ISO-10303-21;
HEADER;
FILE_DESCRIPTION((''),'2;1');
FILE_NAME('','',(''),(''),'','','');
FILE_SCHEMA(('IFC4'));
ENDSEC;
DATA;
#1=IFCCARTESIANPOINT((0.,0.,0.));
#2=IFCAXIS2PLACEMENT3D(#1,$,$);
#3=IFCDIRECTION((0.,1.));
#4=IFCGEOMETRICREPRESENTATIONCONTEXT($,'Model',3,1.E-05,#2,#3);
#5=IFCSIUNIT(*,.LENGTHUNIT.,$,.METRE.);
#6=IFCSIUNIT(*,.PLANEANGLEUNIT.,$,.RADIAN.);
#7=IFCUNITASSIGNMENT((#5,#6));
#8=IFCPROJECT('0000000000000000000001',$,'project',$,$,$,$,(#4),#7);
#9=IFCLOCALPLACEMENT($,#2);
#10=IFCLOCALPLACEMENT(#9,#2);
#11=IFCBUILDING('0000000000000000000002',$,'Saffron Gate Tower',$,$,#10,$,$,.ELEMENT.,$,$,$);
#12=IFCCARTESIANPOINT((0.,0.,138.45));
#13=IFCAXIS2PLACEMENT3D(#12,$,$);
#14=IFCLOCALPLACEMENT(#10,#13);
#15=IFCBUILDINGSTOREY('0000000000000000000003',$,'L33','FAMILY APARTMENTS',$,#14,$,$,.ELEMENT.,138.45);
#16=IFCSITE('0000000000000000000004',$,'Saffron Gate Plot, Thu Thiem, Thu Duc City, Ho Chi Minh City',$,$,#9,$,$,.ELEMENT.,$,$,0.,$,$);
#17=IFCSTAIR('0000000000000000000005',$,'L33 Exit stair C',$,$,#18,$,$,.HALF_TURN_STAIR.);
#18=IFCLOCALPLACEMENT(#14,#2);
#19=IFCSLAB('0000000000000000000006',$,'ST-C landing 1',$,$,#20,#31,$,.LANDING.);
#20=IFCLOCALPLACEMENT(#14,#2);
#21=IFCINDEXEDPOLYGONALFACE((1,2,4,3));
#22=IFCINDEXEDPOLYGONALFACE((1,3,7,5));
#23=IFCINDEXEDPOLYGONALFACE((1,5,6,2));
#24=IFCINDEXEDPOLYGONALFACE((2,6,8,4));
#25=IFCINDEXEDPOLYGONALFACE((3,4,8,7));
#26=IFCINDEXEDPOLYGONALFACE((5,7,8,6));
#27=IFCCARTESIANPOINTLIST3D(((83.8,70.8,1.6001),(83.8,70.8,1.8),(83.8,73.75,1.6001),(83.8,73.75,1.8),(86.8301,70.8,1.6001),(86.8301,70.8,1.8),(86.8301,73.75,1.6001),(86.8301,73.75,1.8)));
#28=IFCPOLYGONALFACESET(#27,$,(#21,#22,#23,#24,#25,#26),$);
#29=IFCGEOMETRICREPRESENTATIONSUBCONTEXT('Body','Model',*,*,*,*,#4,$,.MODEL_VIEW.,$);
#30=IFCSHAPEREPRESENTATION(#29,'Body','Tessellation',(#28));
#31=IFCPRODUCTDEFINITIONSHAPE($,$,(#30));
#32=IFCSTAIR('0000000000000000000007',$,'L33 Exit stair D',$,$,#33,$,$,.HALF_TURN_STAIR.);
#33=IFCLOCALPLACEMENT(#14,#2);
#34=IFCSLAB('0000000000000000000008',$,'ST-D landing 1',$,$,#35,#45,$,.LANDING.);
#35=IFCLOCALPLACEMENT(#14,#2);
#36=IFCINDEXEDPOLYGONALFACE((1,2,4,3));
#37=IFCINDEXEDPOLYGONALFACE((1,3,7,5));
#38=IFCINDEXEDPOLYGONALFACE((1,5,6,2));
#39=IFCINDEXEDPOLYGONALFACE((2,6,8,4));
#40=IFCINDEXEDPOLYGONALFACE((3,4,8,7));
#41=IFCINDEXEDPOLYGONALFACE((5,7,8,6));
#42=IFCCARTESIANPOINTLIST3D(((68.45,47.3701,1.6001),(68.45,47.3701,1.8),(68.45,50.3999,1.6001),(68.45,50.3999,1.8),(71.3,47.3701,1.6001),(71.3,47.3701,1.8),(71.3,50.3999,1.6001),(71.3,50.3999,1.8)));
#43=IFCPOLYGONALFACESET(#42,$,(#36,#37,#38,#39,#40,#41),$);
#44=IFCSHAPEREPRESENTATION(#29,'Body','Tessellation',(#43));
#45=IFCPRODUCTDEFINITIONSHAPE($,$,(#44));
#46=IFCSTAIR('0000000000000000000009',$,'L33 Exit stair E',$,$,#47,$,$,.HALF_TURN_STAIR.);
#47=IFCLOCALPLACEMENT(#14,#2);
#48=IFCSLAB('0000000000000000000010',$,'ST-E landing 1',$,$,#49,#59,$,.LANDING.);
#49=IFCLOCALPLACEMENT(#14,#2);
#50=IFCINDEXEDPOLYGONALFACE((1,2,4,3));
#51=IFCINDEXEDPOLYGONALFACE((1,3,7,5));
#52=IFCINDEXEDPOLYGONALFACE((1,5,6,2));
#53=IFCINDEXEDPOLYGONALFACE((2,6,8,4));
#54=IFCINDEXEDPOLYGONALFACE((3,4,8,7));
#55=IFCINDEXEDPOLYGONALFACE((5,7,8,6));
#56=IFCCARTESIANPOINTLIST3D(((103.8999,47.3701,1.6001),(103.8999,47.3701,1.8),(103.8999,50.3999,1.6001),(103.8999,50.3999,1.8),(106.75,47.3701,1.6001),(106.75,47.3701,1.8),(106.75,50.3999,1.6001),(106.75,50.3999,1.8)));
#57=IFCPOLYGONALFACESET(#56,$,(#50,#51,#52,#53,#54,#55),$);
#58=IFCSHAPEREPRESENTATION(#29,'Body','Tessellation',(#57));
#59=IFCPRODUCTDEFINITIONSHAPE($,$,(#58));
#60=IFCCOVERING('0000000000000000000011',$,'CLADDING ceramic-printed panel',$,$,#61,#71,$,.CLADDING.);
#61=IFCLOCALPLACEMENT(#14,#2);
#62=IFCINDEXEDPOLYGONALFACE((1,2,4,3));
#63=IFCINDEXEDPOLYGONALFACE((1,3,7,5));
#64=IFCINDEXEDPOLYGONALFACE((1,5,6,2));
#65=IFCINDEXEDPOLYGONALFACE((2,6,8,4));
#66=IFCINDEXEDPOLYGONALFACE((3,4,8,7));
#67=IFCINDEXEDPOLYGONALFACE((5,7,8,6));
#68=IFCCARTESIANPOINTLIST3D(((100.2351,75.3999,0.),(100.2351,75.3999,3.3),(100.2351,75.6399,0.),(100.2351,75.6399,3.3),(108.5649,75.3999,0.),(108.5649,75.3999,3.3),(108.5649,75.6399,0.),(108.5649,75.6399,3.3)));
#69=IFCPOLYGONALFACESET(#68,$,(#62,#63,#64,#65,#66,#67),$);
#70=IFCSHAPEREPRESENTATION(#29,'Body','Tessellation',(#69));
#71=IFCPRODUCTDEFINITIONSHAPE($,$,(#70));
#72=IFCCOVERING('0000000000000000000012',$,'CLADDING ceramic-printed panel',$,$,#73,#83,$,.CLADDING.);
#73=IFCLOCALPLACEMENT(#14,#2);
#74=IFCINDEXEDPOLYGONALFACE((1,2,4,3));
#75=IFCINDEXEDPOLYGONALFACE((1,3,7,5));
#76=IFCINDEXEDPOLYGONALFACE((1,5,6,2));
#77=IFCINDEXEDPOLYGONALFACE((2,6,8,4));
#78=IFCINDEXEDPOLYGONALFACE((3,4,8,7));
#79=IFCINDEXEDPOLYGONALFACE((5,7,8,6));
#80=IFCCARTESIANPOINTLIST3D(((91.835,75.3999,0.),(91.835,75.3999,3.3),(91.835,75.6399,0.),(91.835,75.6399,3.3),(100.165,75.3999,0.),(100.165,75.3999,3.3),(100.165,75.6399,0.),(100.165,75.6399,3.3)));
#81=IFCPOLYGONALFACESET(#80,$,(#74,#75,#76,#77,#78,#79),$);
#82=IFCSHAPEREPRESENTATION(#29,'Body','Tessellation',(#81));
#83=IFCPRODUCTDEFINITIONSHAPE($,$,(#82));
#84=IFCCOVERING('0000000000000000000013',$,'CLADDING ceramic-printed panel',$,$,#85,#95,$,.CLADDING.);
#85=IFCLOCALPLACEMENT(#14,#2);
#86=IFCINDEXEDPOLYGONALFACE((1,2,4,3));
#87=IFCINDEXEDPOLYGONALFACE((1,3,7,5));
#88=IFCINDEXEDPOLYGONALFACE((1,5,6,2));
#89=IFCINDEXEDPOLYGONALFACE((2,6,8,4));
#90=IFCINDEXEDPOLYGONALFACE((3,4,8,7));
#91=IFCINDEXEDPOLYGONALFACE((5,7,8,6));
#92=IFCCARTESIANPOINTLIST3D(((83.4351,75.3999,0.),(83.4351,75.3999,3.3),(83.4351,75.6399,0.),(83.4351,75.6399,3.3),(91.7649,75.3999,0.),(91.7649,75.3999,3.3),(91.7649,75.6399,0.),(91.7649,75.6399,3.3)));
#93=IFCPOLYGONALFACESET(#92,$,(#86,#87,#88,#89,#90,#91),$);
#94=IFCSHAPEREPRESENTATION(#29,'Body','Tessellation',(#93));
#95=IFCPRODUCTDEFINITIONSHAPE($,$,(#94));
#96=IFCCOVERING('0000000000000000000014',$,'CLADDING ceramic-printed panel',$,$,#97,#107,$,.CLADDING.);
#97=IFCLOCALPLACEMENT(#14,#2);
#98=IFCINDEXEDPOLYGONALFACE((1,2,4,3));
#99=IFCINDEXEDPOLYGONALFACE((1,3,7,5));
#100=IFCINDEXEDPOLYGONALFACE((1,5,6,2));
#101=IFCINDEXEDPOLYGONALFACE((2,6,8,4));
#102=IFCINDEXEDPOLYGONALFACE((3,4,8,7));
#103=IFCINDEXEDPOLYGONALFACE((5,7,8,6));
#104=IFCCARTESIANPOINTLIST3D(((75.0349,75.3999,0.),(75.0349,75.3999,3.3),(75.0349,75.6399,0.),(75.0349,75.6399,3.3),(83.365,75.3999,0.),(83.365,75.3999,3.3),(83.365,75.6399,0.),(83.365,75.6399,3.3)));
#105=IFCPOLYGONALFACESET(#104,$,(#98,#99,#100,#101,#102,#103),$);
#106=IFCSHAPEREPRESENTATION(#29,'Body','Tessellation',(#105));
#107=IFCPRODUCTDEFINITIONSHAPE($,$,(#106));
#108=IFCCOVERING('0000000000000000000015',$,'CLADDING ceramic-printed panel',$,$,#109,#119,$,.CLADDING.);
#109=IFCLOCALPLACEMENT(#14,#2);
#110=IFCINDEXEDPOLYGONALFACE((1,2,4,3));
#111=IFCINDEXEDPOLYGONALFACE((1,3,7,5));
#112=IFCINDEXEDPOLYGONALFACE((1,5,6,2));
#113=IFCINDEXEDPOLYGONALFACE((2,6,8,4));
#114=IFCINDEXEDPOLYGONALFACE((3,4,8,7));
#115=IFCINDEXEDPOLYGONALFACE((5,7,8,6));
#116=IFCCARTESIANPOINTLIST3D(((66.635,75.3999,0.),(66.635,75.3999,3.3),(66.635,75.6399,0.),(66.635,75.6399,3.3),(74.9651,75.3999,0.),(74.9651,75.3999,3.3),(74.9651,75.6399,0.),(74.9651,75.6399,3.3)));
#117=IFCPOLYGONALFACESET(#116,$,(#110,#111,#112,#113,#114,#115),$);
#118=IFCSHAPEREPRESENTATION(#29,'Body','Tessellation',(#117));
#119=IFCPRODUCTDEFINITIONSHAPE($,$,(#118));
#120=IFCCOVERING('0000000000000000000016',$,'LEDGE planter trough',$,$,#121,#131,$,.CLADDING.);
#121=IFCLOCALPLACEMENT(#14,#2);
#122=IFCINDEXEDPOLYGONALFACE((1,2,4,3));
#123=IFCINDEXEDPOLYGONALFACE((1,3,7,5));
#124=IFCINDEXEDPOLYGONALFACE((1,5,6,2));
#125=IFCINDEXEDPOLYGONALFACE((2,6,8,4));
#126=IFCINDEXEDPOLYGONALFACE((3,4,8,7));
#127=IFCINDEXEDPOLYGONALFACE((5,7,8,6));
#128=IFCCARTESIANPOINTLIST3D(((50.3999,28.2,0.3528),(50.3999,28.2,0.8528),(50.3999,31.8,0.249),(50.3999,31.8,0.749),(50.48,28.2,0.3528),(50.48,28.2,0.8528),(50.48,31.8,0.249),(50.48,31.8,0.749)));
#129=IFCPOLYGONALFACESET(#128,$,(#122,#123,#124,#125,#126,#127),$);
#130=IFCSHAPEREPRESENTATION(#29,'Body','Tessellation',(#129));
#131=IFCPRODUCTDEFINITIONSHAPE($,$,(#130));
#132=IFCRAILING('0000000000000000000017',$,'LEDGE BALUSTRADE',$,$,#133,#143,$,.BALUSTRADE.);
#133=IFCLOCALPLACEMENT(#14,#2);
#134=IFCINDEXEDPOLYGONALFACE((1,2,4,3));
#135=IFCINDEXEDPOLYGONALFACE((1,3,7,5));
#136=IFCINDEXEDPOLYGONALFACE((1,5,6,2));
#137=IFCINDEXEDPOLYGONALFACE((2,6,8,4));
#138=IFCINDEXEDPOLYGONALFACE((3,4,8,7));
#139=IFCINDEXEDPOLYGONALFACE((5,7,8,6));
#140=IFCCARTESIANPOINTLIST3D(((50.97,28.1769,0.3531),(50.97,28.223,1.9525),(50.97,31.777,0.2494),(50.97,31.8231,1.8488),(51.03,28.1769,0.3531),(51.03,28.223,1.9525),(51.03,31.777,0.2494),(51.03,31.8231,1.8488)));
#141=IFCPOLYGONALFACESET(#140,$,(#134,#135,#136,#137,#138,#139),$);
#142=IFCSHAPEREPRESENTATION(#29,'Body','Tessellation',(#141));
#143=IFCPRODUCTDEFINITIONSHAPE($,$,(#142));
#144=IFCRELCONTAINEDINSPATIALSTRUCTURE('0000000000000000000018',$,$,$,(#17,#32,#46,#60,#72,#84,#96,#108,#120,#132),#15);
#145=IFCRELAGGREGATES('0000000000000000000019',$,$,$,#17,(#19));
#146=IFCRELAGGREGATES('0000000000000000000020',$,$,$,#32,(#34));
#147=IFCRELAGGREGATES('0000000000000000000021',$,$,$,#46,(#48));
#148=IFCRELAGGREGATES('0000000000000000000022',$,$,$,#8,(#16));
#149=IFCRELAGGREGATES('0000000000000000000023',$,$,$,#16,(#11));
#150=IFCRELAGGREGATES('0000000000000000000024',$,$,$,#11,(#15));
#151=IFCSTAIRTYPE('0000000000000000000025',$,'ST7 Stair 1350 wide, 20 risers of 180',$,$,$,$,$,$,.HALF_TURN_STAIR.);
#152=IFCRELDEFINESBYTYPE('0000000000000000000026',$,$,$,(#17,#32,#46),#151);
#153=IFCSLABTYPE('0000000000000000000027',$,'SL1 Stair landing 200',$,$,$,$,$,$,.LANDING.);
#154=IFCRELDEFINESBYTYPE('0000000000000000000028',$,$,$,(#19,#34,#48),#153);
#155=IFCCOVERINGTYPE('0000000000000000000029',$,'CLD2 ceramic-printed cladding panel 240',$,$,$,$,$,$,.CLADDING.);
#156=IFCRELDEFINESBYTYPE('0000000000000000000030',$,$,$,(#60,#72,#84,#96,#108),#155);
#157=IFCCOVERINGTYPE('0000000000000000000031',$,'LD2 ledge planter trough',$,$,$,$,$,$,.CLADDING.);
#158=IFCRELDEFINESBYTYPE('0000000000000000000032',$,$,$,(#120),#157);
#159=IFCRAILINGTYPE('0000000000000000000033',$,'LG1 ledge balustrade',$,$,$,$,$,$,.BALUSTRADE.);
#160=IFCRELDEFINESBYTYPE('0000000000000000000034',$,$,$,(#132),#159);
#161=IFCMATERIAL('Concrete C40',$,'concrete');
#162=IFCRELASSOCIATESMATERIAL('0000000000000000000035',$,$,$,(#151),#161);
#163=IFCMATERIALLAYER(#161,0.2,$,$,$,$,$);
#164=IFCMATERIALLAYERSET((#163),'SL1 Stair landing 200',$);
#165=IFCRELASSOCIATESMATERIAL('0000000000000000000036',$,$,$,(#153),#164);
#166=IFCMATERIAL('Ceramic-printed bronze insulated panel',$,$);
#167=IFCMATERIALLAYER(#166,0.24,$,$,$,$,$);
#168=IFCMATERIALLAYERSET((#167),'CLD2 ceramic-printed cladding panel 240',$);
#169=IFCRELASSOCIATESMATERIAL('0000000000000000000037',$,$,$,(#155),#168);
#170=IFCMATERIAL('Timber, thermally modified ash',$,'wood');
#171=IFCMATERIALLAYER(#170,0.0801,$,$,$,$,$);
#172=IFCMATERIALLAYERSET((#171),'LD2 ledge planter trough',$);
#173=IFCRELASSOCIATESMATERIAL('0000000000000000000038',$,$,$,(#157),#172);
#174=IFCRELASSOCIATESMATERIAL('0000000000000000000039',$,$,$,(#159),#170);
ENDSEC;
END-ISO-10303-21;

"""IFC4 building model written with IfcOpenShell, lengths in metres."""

from ifc_helpers import new_model, si_unit, direction, frame, origin, origin_2d, place, context, subcontext, project, spatial, polyline, rectangle, outline, extrude, material, layer, layer_set, type_object, element, aggregate, save


model = new_model("IFC4")

# Units and contexts
model_context = context("Model", 3, precision=1e-05, world=origin(), true_north=direction((0.0, 1.0)))
body_context = subcontext(model_context, "Body", "Model", "MODEL_VIEW")
ifc_project = project(units=[si_unit("LENGTHUNIT", "METRE"), si_unit("PLANEANGLEUNIT", "RADIAN")], contexts=[model_context])

# Site, building, storey
site_placement = place(None, origin())
site = spatial("IfcSite", under=ifc_project, at=site_placement, Name="Saffron Gate Plot, Thu Thiem, Thu Duc City, Ho Chi Minh City", CompositionType="ELEMENT", RefElevation=0.0)
building_placement = place(site_placement, origin())
building = spatial("IfcBuilding", under=site, at=building_placement, Name="Saffron Gate Tower", CompositionType="ELEMENT")
storey_placement = place(building_placement, frame((0.0, 0.0, 138.45)))
storey = spatial("IfcBuildingStorey", under=building, at=storey_placement, Name="L33", Description="FAMILY APARTMENTS", CompositionType="ELEMENT", Elevation=138.45)

# Shared definitions
ifc_material_1 = material(Name="Concrete C40", Category="concrete")

# Stairs, slabs
stair_type = type_object("IfcStairType", Name="ST7 Stair 1350 wide, 20 risers of 180", PredefinedType="HALF_TURN_STAIR", material=ifc_material_1)
ifc_layer_1 = layer(ifc_material_1, 0.2)
ifc_layer_set_1 = layer_set([ifc_layer_1], Name="SL1 Stair landing 200")
slab_type_1 = type_object("IfcSlabType", Name="SL1 Stair landing 200", PredefinedType="LANDING", material=ifc_layer_set_1)
stair_1_placement = place(storey_placement, origin())
stair_1 = element("IfcStair", 1, at=stair_1_placement, inside=storey, type_object=stair_type, Name="L33 Exit stair C", PredefinedType="HALF_TURN_STAIR")
slab_1_placement = place(storey_placement, frame((0.0, 0.0, 1.6001)))
slab_1 = element("IfcSlab", 2, at=slab_1_placement, type_object=slab_type_1, Name="ST-C landing 1", PredefinedType="LANDING", context=body_context, shape_type="SweptSolid", body=[
    extrude(outline(polyline([(86.8301, 73.75), (83.8, 73.75), (83.8, 70.8), (86.8301, 70.8), (86.8301, 73.75)])), origin(), (0.0, 0.0, 1.0), 0.2),
])
aggregate(stair_1, [slab_1])
stair_2_placement = place(storey_placement, origin())
stair_2 = element("IfcStair", 3, at=stair_2_placement, inside=storey, type_object=stair_type, Name="L33 Exit stair D", PredefinedType="HALF_TURN_STAIR")
slab_2_placement = place(storey_placement, frame((0.0, 0.0, 1.6001)))
slab_2 = element("IfcSlab", 4, at=slab_2_placement, type_object=slab_type_1, Name="ST-D landing 1", PredefinedType="LANDING", context=body_context, shape_type="SweptSolid", body=[
    extrude(outline(polyline([(71.3, 47.3701), (71.3, 50.3999), (68.45, 50.3999), (68.45, 47.3701), (71.3, 47.3701)])), origin(), (0.0, 0.0, 1.0), 0.2),
])
aggregate(stair_2, [slab_2])
stair_3_placement = place(storey_placement, origin())
stair_3 = element("IfcStair", 5, at=stair_3_placement, inside=storey, type_object=stair_type, Name="L33 Exit stair E", PredefinedType="HALF_TURN_STAIR")
slab_3_placement = place(storey_placement, frame((0.0, 0.0, 1.6001)))
slab_3 = element("IfcSlab", 6, at=slab_3_placement, type_object=slab_type_1, Name="ST-E landing 1", PredefinedType="LANDING", context=body_context, shape_type="SweptSolid", body=[
    extrude(outline(polyline([(106.75, 47.3701), (106.75, 50.3999), (103.8999, 50.3999), (103.8999, 47.3701), (106.75, 47.3701)])), origin(), (0.0, 0.0, 1.0), 0.2),
])
aggregate(stair_3, [slab_3])

# Coverings
ifc_material_2 = material(Name="Ceramic-printed bronze insulated panel")
ifc_layer_2 = layer(ifc_material_2, 0.24)
ifc_layer_set_2 = layer_set([ifc_layer_2], Name="CLD2 ceramic-printed cladding panel 240")
covering_type_1 = type_object("IfcCoveringType", Name="CLD2 ceramic-printed cladding panel 240", PredefinedType="CLADDING", material=ifc_layer_set_2)
covering_1_placement = place(storey_placement, origin())
element("IfcCovering", 7, at=covering_1_placement, inside=storey, type_object=covering_type_1, Name="CLADDING ceramic-printed panel", PredefinedType="CLADDING", context=body_context, shape_type="SweptSolid", body=[
    extrude(outline(polyline([(108.5649, 75.6399), (100.2351, 75.6399), (100.2351, 75.3999), (108.5649, 75.3999), (108.5649, 75.6399)])), origin(), (0.0, 0.0, 1.0), 3.3),
])
covering_2_placement = place(storey_placement, origin())
element("IfcCovering", 8, at=covering_2_placement, inside=storey, type_object=covering_type_1, Name="CLADDING ceramic-printed panel", PredefinedType="CLADDING", context=body_context, shape_type="SweptSolid", body=[
    extrude(outline(polyline([(100.165, 75.6399), (91.835, 75.6399), (91.835, 75.3999), (100.165, 75.3999), (100.165, 75.6399)])), origin(), (0.0, 0.0, 1.0), 3.3),
])
covering_3_placement = place(storey_placement, origin())
element("IfcCovering", 9, at=covering_3_placement, inside=storey, type_object=covering_type_1, Name="CLADDING ceramic-printed panel", PredefinedType="CLADDING", context=body_context, shape_type="SweptSolid", body=[
    extrude(outline(polyline([(91.7649, 75.6399), (83.4351, 75.6399), (83.4351, 75.3999), (91.7649, 75.3999), (91.7649, 75.6399)])), origin(), (0.0, 0.0, 1.0), 3.3),
])
covering_4_placement = place(storey_placement, origin())
element("IfcCovering", 10, at=covering_4_placement, inside=storey, type_object=covering_type_1, Name="CLADDING ceramic-printed panel", PredefinedType="CLADDING", context=body_context, shape_type="SweptSolid", body=[
    extrude(outline(polyline([(83.365, 75.6399), (75.0349, 75.6399), (75.0349, 75.3999), (83.365, 75.3999), (83.365, 75.6399)])), origin(), (0.0, 0.0, 1.0), 3.3),
])
covering_5_placement = place(storey_placement, origin())
element("IfcCovering", 11, at=covering_5_placement, inside=storey, type_object=covering_type_1, Name="CLADDING ceramic-printed panel", PredefinedType="CLADDING", context=body_context, shape_type="SweptSolid", body=[
    extrude(outline(polyline([(74.9651, 75.6399), (66.635, 75.6399), (66.635, 75.3999), (74.9651, 75.3999), (74.9651, 75.6399)])), origin(), (0.0, 0.0, 1.0), 3.3),
])
ifc_material_3 = material(Name="Timber, thermally modified ash", Category="wood")
ifc_layer_3 = layer(ifc_material_3, 0.0801)
ifc_layer_set_3 = layer_set([ifc_layer_3], Name="LD2 ledge planter trough")
covering_type_2 = type_object("IfcCoveringType", Name="LD2 ledge planter trough", PredefinedType="CLADDING", material=ifc_layer_set_3)
covering_6_placement = place(storey_placement, frame((50.3999, 31.8, 0.249), z_axis=(-1.0, 0.0, 0.0), x_axis=(0.0, -0.999585, 0.028809)))
element("IfcCovering", 12, at=covering_6_placement, inside=storey, type_object=covering_type_2, Name="LEDGE planter trough", PredefinedType="CLADDING", context=body_context, shape_type="SweptSolid", body=[
    extrude(outline(polyline([(0.0, 0.0), (3.6016, 0.0), (3.616, 0.4998), (0.0144, 0.4998), (0.0, 0.0)])), origin(), (0.0, 0.0, -1.0), 0.0801),
])

# Railing
railing_type = type_object("IfcRailingType", Name="LG1 ledge balustrade", PredefinedType="BALUSTRADE", material=ifc_material_3)
railing_placement = place(storey_placement, frame((51.0, 31.8, 0.249)))
element("IfcRailing", 13, at=railing_placement, inside=storey, type_object=railing_type, Name="LEDGE BALUSTRADE", PredefinedType="BALUSTRADE", context=body_context, shape_type="SweptSolid", body=[
    extrude(rectangle(XDim=0.0601, YDim=1.6001, at=origin_2d()), frame((0.0, 0.0, 0.8), z_axis=(0.0, -0.999585, 0.028809), x_axis=(1.0, 0.0, 0.0)), (0.0, 0.0, 1.0), 3.6016),
])

save(model, "model.ifc")
